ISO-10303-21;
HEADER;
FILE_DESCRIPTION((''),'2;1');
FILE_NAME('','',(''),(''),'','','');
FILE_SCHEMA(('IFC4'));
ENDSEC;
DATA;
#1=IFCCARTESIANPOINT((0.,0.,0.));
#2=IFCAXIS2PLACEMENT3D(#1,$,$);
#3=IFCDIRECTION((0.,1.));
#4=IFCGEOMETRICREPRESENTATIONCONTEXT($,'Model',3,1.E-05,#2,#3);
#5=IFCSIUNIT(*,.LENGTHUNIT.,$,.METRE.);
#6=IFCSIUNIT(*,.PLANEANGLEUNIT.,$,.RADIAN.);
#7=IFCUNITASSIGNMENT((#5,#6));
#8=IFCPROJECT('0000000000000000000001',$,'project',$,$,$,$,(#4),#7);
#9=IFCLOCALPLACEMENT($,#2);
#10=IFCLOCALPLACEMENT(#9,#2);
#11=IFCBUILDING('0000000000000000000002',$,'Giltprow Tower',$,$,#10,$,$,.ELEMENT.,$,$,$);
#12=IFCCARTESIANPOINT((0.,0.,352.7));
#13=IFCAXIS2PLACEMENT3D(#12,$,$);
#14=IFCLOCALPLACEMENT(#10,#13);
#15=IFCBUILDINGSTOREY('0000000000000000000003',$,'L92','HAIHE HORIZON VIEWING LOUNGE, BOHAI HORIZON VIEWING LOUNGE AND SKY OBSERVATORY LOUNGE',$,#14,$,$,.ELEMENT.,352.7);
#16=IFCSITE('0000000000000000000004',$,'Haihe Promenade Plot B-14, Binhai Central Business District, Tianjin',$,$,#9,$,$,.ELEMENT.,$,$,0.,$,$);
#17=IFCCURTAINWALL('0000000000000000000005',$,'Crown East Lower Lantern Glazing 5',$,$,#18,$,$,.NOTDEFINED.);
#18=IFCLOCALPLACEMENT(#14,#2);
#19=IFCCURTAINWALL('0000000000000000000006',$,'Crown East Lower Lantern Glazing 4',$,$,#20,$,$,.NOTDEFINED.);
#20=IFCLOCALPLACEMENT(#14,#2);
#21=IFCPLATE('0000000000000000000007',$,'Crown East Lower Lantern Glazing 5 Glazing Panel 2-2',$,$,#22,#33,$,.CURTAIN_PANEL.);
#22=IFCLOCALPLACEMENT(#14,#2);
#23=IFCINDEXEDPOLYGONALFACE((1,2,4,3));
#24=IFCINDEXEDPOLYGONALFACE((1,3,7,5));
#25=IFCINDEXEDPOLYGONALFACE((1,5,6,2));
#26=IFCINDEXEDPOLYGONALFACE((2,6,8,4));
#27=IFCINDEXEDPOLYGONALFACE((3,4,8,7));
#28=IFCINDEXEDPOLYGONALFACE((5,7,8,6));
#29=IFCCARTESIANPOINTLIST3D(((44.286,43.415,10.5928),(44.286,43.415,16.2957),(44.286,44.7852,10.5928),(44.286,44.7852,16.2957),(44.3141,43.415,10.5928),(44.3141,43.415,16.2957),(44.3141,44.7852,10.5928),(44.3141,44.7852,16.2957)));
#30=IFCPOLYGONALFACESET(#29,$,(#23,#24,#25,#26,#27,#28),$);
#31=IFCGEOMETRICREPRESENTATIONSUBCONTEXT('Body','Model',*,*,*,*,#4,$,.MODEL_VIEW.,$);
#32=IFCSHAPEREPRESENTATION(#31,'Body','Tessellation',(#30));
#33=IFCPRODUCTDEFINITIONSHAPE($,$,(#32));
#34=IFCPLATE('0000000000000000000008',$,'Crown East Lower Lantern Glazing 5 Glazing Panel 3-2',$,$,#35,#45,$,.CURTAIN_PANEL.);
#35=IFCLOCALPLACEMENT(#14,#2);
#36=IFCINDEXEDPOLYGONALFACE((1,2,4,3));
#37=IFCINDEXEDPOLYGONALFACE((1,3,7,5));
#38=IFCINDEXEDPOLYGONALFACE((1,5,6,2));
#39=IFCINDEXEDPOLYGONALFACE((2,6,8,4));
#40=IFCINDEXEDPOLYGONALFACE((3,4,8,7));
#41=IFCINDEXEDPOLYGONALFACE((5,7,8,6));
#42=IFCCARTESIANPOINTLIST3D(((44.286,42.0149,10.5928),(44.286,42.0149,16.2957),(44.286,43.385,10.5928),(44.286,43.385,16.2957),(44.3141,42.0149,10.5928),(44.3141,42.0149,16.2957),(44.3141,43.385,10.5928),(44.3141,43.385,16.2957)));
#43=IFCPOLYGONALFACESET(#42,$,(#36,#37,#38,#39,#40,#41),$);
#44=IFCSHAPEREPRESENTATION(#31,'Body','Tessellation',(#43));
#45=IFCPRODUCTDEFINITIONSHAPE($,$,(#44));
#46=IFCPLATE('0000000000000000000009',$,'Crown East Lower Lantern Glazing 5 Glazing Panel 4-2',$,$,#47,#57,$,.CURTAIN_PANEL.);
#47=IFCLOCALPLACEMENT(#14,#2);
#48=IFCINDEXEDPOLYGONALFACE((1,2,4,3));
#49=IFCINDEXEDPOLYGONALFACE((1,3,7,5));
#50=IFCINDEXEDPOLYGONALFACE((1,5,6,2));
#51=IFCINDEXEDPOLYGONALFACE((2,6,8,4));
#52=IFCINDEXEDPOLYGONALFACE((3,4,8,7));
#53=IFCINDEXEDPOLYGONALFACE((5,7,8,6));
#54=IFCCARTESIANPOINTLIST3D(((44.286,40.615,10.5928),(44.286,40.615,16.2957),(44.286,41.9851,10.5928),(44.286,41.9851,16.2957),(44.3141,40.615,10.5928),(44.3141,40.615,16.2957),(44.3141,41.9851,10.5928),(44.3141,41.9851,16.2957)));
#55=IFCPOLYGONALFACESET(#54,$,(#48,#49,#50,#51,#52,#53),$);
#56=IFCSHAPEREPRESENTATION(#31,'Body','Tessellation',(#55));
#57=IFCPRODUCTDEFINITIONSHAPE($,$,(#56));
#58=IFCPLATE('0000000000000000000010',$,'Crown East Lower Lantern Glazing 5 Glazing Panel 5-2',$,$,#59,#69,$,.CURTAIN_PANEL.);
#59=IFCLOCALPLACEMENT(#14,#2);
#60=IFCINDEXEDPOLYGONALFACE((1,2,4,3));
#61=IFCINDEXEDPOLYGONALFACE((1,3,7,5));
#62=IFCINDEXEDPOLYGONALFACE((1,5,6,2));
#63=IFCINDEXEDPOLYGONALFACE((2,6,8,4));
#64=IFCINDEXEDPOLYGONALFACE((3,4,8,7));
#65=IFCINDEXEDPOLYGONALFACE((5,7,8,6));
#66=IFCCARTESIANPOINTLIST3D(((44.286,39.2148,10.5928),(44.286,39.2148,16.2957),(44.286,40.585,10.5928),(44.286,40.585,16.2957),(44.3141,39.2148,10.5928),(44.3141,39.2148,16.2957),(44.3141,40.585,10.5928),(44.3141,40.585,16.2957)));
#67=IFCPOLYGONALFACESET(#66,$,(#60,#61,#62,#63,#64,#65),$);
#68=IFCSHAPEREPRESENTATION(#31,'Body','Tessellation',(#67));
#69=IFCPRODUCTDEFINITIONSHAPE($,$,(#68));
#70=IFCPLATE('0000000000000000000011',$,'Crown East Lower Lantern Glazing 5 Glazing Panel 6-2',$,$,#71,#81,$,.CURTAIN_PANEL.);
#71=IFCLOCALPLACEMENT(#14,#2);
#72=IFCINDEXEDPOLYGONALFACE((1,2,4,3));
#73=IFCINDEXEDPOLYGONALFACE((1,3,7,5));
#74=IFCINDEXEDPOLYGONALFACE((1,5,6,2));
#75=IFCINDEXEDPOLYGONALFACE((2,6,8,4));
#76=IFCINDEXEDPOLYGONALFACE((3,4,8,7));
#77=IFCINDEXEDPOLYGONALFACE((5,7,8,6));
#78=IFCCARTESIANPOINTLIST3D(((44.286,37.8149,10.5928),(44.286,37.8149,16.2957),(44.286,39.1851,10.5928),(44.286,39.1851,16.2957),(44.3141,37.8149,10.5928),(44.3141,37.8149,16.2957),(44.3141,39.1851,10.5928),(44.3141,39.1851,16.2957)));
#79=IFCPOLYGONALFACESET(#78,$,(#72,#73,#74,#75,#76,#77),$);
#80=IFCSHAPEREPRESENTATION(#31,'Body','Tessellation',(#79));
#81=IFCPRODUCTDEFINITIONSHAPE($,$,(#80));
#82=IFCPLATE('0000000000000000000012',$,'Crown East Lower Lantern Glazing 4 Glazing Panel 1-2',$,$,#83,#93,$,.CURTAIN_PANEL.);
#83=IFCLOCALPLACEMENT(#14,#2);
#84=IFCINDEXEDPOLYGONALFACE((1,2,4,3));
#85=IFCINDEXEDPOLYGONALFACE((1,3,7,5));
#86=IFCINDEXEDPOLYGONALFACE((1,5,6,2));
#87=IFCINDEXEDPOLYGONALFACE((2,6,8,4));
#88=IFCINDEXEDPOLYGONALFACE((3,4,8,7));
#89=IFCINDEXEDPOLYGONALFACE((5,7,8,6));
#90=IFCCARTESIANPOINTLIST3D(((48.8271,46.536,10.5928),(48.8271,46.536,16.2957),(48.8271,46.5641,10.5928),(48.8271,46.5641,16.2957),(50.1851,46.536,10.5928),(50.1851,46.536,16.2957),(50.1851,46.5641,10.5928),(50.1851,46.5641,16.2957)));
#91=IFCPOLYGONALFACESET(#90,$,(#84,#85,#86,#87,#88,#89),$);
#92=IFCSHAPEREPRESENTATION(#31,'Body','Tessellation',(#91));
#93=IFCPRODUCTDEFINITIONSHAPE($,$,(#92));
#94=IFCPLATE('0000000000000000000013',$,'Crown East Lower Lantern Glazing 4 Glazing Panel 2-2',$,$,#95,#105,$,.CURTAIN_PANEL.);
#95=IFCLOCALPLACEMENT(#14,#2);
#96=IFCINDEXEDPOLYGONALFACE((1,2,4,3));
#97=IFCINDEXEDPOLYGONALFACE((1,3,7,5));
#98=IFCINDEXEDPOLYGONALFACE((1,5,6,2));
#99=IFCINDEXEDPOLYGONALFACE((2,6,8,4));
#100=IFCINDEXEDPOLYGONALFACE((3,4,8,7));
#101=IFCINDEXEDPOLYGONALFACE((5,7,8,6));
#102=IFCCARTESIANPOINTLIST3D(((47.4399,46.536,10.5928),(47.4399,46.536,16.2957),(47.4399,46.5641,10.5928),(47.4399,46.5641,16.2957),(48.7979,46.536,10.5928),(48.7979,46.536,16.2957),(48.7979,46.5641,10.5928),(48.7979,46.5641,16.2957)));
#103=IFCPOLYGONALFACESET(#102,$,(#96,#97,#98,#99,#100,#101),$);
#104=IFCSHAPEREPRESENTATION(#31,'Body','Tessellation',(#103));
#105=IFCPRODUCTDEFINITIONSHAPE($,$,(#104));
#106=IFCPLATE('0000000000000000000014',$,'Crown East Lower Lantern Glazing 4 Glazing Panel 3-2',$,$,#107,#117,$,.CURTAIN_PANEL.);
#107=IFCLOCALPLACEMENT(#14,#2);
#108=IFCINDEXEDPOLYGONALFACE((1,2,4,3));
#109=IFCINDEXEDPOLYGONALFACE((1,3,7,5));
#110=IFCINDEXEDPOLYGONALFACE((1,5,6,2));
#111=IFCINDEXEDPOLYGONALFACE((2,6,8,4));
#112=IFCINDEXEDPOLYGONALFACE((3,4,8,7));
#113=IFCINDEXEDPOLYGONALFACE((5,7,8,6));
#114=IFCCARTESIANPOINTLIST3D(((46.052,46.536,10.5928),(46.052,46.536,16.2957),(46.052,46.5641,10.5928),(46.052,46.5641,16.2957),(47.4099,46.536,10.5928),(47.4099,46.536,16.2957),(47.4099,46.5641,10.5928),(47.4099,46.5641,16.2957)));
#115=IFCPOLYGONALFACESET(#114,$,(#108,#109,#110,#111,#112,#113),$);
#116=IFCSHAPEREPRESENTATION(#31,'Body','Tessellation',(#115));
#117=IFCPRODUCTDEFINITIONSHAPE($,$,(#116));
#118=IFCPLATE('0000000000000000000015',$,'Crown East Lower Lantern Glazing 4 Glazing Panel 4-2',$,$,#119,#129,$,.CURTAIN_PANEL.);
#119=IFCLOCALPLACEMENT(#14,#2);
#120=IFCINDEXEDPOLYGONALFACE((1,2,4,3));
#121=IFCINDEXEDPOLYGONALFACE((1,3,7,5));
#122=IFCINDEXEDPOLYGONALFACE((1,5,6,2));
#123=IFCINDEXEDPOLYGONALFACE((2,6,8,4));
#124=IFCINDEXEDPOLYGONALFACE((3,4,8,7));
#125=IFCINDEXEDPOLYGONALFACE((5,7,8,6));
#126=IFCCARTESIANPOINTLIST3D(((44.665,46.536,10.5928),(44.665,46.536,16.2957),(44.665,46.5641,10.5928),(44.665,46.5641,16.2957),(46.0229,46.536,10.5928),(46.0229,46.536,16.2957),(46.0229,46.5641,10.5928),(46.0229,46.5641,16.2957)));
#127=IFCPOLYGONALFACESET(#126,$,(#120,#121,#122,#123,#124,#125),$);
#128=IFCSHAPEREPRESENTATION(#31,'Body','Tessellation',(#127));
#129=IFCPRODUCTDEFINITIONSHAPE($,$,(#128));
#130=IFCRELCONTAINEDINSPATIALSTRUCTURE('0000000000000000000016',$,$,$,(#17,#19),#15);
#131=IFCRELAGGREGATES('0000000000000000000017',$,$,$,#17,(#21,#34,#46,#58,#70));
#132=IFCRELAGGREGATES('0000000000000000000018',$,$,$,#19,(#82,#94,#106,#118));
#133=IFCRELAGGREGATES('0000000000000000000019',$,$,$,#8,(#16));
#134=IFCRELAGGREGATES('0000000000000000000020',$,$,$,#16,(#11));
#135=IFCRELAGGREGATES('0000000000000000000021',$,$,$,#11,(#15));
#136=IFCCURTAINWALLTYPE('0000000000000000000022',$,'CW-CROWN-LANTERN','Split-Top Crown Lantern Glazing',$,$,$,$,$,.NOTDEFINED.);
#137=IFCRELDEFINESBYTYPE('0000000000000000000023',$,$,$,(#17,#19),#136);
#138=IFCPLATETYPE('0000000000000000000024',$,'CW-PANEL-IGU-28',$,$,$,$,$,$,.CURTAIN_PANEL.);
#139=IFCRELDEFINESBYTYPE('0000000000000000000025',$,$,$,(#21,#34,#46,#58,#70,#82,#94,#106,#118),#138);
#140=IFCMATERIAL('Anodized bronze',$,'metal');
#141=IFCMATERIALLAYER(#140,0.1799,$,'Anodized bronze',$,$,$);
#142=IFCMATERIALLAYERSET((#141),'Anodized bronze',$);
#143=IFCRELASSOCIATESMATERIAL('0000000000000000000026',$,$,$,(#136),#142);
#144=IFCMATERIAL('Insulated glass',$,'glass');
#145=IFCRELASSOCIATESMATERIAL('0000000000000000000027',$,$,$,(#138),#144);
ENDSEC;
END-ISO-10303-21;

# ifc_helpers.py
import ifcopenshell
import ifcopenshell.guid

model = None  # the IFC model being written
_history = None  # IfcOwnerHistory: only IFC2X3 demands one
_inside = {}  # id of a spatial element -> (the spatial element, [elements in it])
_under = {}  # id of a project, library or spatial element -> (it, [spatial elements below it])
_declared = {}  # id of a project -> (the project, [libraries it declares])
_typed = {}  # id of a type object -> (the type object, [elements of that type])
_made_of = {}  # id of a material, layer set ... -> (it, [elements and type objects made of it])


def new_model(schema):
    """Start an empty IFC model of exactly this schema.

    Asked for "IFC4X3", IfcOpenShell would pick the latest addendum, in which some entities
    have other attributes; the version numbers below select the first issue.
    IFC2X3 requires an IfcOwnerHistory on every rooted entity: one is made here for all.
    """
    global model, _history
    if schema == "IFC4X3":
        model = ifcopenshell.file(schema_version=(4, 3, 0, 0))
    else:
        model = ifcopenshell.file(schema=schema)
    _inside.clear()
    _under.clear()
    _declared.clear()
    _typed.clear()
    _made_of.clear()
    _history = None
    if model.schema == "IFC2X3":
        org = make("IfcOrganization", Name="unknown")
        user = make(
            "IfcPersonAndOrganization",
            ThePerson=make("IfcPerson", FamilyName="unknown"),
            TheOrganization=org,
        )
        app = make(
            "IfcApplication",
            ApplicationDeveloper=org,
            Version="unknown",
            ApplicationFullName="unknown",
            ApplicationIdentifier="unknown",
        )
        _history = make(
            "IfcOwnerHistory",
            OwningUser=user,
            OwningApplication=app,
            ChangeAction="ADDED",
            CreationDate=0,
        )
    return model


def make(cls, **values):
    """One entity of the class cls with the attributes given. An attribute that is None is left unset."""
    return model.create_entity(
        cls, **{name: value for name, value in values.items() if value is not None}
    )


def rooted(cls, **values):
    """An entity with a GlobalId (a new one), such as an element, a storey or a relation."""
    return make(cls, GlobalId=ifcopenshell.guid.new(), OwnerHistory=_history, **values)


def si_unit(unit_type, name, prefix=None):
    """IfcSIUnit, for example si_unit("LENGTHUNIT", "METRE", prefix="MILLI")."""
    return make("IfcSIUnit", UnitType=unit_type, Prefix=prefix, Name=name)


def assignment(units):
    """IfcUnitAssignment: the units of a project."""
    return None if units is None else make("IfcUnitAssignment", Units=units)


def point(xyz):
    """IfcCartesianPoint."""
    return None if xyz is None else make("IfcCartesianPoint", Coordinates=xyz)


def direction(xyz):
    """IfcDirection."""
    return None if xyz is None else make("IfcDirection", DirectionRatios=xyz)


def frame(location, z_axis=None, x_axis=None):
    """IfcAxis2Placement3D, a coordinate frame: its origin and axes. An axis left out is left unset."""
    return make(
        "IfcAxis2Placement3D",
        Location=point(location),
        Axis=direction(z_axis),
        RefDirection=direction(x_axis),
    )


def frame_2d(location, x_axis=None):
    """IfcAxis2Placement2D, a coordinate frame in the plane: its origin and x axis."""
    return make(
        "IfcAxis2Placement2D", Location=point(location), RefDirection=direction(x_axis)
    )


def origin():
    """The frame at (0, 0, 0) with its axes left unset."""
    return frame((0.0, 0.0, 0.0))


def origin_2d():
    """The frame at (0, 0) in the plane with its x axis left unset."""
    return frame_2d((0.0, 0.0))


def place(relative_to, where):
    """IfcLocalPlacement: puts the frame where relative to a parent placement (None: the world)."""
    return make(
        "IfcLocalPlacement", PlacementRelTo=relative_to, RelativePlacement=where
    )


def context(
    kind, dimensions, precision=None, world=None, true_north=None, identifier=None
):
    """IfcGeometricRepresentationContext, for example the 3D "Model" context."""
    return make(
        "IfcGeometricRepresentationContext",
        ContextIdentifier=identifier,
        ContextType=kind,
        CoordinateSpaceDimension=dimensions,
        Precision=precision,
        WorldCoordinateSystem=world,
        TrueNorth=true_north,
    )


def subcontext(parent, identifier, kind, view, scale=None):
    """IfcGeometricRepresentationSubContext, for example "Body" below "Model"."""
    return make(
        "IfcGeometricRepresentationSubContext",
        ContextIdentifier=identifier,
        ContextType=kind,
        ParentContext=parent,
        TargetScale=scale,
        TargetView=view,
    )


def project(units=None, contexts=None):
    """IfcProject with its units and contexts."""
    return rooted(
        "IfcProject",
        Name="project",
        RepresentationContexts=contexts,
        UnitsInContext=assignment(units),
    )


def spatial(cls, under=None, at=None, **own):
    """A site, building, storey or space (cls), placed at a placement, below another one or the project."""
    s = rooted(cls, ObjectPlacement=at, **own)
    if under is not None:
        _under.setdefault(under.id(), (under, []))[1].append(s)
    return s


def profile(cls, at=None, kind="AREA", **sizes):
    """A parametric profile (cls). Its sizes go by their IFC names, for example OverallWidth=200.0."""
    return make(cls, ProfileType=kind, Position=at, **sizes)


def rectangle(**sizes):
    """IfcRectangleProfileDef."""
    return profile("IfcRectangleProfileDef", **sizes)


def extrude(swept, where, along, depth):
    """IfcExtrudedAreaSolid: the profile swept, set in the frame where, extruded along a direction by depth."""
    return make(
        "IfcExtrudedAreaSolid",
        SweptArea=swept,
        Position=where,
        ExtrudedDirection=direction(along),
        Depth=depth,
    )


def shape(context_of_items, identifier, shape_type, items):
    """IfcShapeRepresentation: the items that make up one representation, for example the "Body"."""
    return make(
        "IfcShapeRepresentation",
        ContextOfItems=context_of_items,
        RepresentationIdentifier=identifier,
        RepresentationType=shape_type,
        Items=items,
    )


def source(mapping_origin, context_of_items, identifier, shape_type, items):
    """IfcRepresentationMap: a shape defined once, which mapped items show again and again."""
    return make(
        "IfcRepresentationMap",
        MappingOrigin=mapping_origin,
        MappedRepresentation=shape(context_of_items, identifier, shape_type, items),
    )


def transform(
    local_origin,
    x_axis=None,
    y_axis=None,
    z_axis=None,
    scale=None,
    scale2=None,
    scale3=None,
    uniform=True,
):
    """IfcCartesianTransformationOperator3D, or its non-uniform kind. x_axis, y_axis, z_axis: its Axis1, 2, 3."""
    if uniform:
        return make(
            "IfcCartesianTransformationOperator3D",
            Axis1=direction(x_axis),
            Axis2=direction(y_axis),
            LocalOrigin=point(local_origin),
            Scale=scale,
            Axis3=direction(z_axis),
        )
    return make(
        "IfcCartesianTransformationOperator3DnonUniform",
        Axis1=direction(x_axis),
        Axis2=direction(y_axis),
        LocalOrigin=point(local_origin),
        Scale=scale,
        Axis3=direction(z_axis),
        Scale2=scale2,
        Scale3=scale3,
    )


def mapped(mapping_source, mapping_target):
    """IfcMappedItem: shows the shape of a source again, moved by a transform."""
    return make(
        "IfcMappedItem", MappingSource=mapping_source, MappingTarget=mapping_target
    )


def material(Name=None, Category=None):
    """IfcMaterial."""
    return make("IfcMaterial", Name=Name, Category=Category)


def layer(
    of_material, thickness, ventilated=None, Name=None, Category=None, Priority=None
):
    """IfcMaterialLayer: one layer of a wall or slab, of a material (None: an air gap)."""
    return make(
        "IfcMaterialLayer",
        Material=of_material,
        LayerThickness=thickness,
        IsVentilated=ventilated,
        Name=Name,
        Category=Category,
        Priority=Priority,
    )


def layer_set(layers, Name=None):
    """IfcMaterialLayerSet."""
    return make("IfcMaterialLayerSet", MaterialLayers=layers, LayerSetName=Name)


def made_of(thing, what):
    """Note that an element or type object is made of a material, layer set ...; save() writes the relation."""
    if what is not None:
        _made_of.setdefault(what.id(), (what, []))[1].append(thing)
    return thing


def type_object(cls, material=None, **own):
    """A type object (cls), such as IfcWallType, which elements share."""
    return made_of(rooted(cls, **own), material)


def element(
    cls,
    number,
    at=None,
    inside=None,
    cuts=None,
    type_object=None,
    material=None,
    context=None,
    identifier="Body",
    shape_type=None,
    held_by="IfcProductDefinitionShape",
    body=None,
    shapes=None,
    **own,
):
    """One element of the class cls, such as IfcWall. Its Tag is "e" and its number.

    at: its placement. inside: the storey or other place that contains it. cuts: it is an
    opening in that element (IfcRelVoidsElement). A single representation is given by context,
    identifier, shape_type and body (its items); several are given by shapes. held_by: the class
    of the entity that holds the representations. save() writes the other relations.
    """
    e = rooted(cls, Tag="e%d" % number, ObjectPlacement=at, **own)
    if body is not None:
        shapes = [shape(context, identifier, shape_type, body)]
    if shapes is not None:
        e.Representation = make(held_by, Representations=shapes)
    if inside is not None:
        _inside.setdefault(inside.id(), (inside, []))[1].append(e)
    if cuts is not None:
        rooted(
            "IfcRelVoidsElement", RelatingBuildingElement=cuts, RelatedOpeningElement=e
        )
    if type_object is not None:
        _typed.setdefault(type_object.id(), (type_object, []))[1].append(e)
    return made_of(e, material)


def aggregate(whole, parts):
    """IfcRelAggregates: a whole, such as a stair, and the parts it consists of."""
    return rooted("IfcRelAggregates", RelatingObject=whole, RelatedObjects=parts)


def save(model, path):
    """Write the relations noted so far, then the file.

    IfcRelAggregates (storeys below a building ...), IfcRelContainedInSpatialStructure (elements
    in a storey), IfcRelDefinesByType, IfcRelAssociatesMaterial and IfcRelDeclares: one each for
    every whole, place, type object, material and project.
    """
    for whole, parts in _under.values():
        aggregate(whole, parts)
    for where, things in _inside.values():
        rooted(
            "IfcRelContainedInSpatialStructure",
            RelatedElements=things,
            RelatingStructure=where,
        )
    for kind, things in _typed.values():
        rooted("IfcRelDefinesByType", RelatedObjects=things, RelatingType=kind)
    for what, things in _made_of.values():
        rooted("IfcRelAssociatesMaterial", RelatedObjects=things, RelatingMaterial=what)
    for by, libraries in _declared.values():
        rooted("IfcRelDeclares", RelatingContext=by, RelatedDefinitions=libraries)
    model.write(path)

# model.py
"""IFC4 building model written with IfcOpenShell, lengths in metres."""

from ifc_helpers import new_model, si_unit, direction, frame, origin, origin_2d, place, context, subcontext, project, spatial, rectangle, extrude, source, transform, mapped, material, layer, layer_set, type_object, element, aggregate, save


model = new_model("IFC4")

# Units and contexts
model_context = context("Model", 3, precision=1e-05, world=origin(), true_north=direction((0.0, 1.0)))
body_context = subcontext(model_context, "Body", "Model", "MODEL_VIEW")
ifc_project = project(units=[si_unit("LENGTHUNIT", "METRE"), si_unit("PLANEANGLEUNIT", "RADIAN")], contexts=[model_context])

# Site, building, storey
site_placement = place(None, origin())
site = spatial("IfcSite", under=ifc_project, at=site_placement, Name="Haihe Promenade Plot B-14, Binhai Central Business District, Tianjin", CompositionType="ELEMENT", RefElevation=0.0)
building_placement = place(site_placement, origin())
building = spatial("IfcBuilding", under=site, at=building_placement, Name="Giltprow Tower", CompositionType="ELEMENT")
storey_placement = place(building_placement, frame((0.0, 0.0, 352.7)))
storey = spatial("IfcBuildingStorey", under=building, at=storey_placement, Name="L92", Description="HAIHE HORIZON VIEWING LOUNGE, BOHAI HORIZON VIEWING LOUNGE AND SKY OBSERVATORY LOUNGE", CompositionType="ELEMENT", Elevation=352.7)

# Curtain walls
ifc_material_1 = material(Name="Anodized bronze", Category="metal")
ifc_layer = layer(ifc_material_1, 0.1799, Name="Anodized bronze")
ifc_layer_set = layer_set([ifc_layer], Name="Anodized bronze")
curtain_wall_type = type_object("IfcCurtainWallType", Name="CW-CROWN-LANTERN", Description="Split-Top Crown Lantern Glazing", PredefinedType="NOTDEFINED", material=ifc_layer_set)
curtain_wall_1_placement = place(storey_placement, origin())
curtain_wall_1 = element("IfcCurtainWall", 1, at=curtain_wall_1_placement, inside=storey, type_object=curtain_wall_type, Name="Crown East Lower Lantern Glazing 5", PredefinedType="NOTDEFINED")
curtain_wall_2_placement = place(storey_placement, origin())
curtain_wall_2 = element("IfcCurtainWall", 2, at=curtain_wall_2_placement, inside=storey, type_object=curtain_wall_type, Name="Crown East Lower Lantern Glazing 4", PredefinedType="NOTDEFINED")

# Plates
ifc_material_2 = material(Name="Insulated glass", Category="glass")
plate_type_1 = type_object("IfcPlateType", Name="CW-PANEL-IGU-28", PredefinedType="CURTAIN_PANEL", material=ifc_material_2)
shared_shape_1 = source(origin(), body_context, "Body", "SweptSolid", [
    extrude(rectangle(XDim=1.3701, YDim=0.0281, at=origin_2d()), origin(), (0.0, 0.0, 1.0), 5.7029),
])
plate_1_placement = place(storey_placement, frame((44.3, 44.1001, 10.5928), z_axis=(0.0, 0.0, 1.0), x_axis=(0.0, -1.0, 0.0)))
plate_1 = element("IfcPlate", 3, at=plate_1_placement, type_object=plate_type_1, Name="Crown East Lower Lantern Glazing 5 Glazing Panel 2-2", PredefinedType="CURTAIN_PANEL", context=body_context, shape_type="MappedRepresentation", body=[
    mapped(shared_shape_1, transform((0.0, 0.0, 0.0), x_axis=(1.0, 0.0, 0.0), y_axis=(0.0, 1.0, 0.0), z_axis=(0.0, 0.0, 1.0), scale=1.0)),
])
plate_2_placement = place(storey_placement, frame((44.3, 42.7, 10.5928), z_axis=(0.0, 0.0, 1.0), x_axis=(0.0, -1.0, 0.0)))
plate_2 = element("IfcPlate", 4, at=plate_2_placement, type_object=plate_type_1, Name="Crown East Lower Lantern Glazing 5 Glazing Panel 3-2", PredefinedType="CURTAIN_PANEL", context=body_context, shape_type="MappedRepresentation", body=[
    mapped(shared_shape_1, transform((0.0, 0.0, 0.0), x_axis=(1.0, 0.0, 0.0), y_axis=(0.0, 1.0, 0.0), z_axis=(0.0, 0.0, 1.0), scale=1.0)),
])
plate_3_placement = place(storey_placement, frame((44.3, 41.3, 10.5928), z_axis=(0.0, 0.0, 1.0), x_axis=(0.0, -1.0, 0.0)))
plate_3 = element("IfcPlate", 5, at=plate_3_placement, type_object=plate_type_1, Name="Crown East Lower Lantern Glazing 5 Glazing Panel 4-2", PredefinedType="CURTAIN_PANEL", context=body_context, shape_type="MappedRepresentation", body=[
    mapped(shared_shape_1, transform((0.0, 0.0, 0.0), x_axis=(1.0, 0.0, 0.0), y_axis=(0.0, 1.0, 0.0), z_axis=(0.0, 0.0, 1.0), scale=1.0)),
])
plate_4_placement = place(storey_placement, frame((44.3, 39.8999, 10.5928), z_axis=(0.0, 0.0, 1.0), x_axis=(0.0, -1.0, 0.0)))
plate_4 = element("IfcPlate", 6, at=plate_4_placement, type_object=plate_type_1, Name="Crown East Lower Lantern Glazing 5 Glazing Panel 5-2", PredefinedType="CURTAIN_PANEL", context=body_context, shape_type="MappedRepresentation", body=[
    mapped(shared_shape_1, transform((0.0, 0.0, 0.0), x_axis=(1.0, 0.0, 0.0), y_axis=(0.0, 1.0, 0.0), z_axis=(0.0, 0.0, 1.0), scale=1.0)),
])
plate_5_placement = place(storey_placement, frame((44.3, 38.5, 10.5928), z_axis=(0.0, 0.0, 1.0), x_axis=(0.0, -1.0, 0.0)))
plate_5 = element("IfcPlate", 7, at=plate_5_placement, type_object=plate_type_1, Name="Crown East Lower Lantern Glazing 5 Glazing Panel 6-2", PredefinedType="CURTAIN_PANEL", context=body_context, shape_type="MappedRepresentation", body=[
    mapped(shared_shape_1, transform((0.0, 0.0, 0.0), x_axis=(1.0, 0.0, 0.0), y_axis=(0.0, 1.0, 0.0), z_axis=(0.0, 0.0, 1.0), scale=1.0)),
])
aggregate(curtain_wall_1, [plate_1, plate_2, plate_3, plate_4, plate_5])
shared_shape_2 = source(origin(), body_context, "Body", "SweptSolid", [
    extrude(rectangle(XDim=1.3579, YDim=0.0281, at=origin_2d()), origin(), (0.0, 0.0, 1.0), 5.7029),
])
plate_6_placement = place(storey_placement, frame((49.5061, 46.55, 10.5928), z_axis=(0.0, 0.0, 1.0), x_axis=(-1.0, 0.0, 0.0)))
plate_6 = element("IfcPlate", 8, at=plate_6_placement, type_object=plate_type_1, Name="Crown East Lower Lantern Glazing 4 Glazing Panel 1-2", PredefinedType="CURTAIN_PANEL", context=body_context, shape_type="MappedRepresentation", body=[
    mapped(shared_shape_2, transform((0.0, 0.0, 0.0), x_axis=(1.0, 0.0, 0.0), y_axis=(0.0, 1.0, 0.0), z_axis=(0.0, 0.0, 1.0), scale=1.0)),
])
plate_7_placement = place(storey_placement, frame((48.1189, 46.55, 10.5928), z_axis=(0.0, 0.0, 1.0), x_axis=(-1.0, 0.0, 0.0)))
plate_7 = element("IfcPlate", 9, at=plate_7_placement, type_object=plate_type_1, Name="Crown East Lower Lantern Glazing 4 Glazing Panel 2-2", PredefinedType="CURTAIN_PANEL", context=body_context, shape_type="MappedRepresentation", body=[
    mapped(shared_shape_2, transform((0.0, 0.0, 0.0), x_axis=(1.0, 0.0, 0.0), y_axis=(0.0, 1.0, 0.0), z_axis=(0.0, 0.0, 1.0), scale=1.0)),
])
plate_8_placement = place(storey_placement, frame((46.731, 46.55, 10.5928), z_axis=(0.0, 0.0, 1.0), x_axis=(-1.0, 0.0, 0.0)))
plate_8 = element("IfcPlate", 10, at=plate_8_placement, type_object=plate_type_1, Name="Crown East Lower Lantern Glazing 4 Glazing Panel 3-2", PredefinedType="CURTAIN_PANEL", context=body_context, shape_type="MappedRepresentation", body=[
    mapped(shared_shape_2, transform((0.0, 0.0, 0.0), x_axis=(1.0, 0.0, 0.0), y_axis=(0.0, 1.0, 0.0), z_axis=(0.0, 0.0, 1.0), scale=1.0)),
])
plate_9_placement = place(storey_placement, frame((45.344, 46.55, 10.5928), z_axis=(0.0, 0.0, 1.0), x_axis=(-1.0, 0.0, 0.0)))
plate_9 = element("IfcPlate", 11, at=plate_9_placement, type_object=plate_type_1, Name="Crown East Lower Lantern Glazing 4 Glazing Panel 4-2", PredefinedType="CURTAIN_PANEL", context=body_context, shape_type="MappedRepresentation", body=[
    mapped(shared_shape_2, transform((0.0, 0.0, 0.0), x_axis=(1.0, 0.0, 0.0), y_axis=(0.0, 1.0, 0.0), z_axis=(0.0, 0.0, 1.0), scale=1.0)),
])
aggregate(curtain_wall_2, [plate_6, plate_7, plate_8, plate_9])

save(model, "model.ifc")
